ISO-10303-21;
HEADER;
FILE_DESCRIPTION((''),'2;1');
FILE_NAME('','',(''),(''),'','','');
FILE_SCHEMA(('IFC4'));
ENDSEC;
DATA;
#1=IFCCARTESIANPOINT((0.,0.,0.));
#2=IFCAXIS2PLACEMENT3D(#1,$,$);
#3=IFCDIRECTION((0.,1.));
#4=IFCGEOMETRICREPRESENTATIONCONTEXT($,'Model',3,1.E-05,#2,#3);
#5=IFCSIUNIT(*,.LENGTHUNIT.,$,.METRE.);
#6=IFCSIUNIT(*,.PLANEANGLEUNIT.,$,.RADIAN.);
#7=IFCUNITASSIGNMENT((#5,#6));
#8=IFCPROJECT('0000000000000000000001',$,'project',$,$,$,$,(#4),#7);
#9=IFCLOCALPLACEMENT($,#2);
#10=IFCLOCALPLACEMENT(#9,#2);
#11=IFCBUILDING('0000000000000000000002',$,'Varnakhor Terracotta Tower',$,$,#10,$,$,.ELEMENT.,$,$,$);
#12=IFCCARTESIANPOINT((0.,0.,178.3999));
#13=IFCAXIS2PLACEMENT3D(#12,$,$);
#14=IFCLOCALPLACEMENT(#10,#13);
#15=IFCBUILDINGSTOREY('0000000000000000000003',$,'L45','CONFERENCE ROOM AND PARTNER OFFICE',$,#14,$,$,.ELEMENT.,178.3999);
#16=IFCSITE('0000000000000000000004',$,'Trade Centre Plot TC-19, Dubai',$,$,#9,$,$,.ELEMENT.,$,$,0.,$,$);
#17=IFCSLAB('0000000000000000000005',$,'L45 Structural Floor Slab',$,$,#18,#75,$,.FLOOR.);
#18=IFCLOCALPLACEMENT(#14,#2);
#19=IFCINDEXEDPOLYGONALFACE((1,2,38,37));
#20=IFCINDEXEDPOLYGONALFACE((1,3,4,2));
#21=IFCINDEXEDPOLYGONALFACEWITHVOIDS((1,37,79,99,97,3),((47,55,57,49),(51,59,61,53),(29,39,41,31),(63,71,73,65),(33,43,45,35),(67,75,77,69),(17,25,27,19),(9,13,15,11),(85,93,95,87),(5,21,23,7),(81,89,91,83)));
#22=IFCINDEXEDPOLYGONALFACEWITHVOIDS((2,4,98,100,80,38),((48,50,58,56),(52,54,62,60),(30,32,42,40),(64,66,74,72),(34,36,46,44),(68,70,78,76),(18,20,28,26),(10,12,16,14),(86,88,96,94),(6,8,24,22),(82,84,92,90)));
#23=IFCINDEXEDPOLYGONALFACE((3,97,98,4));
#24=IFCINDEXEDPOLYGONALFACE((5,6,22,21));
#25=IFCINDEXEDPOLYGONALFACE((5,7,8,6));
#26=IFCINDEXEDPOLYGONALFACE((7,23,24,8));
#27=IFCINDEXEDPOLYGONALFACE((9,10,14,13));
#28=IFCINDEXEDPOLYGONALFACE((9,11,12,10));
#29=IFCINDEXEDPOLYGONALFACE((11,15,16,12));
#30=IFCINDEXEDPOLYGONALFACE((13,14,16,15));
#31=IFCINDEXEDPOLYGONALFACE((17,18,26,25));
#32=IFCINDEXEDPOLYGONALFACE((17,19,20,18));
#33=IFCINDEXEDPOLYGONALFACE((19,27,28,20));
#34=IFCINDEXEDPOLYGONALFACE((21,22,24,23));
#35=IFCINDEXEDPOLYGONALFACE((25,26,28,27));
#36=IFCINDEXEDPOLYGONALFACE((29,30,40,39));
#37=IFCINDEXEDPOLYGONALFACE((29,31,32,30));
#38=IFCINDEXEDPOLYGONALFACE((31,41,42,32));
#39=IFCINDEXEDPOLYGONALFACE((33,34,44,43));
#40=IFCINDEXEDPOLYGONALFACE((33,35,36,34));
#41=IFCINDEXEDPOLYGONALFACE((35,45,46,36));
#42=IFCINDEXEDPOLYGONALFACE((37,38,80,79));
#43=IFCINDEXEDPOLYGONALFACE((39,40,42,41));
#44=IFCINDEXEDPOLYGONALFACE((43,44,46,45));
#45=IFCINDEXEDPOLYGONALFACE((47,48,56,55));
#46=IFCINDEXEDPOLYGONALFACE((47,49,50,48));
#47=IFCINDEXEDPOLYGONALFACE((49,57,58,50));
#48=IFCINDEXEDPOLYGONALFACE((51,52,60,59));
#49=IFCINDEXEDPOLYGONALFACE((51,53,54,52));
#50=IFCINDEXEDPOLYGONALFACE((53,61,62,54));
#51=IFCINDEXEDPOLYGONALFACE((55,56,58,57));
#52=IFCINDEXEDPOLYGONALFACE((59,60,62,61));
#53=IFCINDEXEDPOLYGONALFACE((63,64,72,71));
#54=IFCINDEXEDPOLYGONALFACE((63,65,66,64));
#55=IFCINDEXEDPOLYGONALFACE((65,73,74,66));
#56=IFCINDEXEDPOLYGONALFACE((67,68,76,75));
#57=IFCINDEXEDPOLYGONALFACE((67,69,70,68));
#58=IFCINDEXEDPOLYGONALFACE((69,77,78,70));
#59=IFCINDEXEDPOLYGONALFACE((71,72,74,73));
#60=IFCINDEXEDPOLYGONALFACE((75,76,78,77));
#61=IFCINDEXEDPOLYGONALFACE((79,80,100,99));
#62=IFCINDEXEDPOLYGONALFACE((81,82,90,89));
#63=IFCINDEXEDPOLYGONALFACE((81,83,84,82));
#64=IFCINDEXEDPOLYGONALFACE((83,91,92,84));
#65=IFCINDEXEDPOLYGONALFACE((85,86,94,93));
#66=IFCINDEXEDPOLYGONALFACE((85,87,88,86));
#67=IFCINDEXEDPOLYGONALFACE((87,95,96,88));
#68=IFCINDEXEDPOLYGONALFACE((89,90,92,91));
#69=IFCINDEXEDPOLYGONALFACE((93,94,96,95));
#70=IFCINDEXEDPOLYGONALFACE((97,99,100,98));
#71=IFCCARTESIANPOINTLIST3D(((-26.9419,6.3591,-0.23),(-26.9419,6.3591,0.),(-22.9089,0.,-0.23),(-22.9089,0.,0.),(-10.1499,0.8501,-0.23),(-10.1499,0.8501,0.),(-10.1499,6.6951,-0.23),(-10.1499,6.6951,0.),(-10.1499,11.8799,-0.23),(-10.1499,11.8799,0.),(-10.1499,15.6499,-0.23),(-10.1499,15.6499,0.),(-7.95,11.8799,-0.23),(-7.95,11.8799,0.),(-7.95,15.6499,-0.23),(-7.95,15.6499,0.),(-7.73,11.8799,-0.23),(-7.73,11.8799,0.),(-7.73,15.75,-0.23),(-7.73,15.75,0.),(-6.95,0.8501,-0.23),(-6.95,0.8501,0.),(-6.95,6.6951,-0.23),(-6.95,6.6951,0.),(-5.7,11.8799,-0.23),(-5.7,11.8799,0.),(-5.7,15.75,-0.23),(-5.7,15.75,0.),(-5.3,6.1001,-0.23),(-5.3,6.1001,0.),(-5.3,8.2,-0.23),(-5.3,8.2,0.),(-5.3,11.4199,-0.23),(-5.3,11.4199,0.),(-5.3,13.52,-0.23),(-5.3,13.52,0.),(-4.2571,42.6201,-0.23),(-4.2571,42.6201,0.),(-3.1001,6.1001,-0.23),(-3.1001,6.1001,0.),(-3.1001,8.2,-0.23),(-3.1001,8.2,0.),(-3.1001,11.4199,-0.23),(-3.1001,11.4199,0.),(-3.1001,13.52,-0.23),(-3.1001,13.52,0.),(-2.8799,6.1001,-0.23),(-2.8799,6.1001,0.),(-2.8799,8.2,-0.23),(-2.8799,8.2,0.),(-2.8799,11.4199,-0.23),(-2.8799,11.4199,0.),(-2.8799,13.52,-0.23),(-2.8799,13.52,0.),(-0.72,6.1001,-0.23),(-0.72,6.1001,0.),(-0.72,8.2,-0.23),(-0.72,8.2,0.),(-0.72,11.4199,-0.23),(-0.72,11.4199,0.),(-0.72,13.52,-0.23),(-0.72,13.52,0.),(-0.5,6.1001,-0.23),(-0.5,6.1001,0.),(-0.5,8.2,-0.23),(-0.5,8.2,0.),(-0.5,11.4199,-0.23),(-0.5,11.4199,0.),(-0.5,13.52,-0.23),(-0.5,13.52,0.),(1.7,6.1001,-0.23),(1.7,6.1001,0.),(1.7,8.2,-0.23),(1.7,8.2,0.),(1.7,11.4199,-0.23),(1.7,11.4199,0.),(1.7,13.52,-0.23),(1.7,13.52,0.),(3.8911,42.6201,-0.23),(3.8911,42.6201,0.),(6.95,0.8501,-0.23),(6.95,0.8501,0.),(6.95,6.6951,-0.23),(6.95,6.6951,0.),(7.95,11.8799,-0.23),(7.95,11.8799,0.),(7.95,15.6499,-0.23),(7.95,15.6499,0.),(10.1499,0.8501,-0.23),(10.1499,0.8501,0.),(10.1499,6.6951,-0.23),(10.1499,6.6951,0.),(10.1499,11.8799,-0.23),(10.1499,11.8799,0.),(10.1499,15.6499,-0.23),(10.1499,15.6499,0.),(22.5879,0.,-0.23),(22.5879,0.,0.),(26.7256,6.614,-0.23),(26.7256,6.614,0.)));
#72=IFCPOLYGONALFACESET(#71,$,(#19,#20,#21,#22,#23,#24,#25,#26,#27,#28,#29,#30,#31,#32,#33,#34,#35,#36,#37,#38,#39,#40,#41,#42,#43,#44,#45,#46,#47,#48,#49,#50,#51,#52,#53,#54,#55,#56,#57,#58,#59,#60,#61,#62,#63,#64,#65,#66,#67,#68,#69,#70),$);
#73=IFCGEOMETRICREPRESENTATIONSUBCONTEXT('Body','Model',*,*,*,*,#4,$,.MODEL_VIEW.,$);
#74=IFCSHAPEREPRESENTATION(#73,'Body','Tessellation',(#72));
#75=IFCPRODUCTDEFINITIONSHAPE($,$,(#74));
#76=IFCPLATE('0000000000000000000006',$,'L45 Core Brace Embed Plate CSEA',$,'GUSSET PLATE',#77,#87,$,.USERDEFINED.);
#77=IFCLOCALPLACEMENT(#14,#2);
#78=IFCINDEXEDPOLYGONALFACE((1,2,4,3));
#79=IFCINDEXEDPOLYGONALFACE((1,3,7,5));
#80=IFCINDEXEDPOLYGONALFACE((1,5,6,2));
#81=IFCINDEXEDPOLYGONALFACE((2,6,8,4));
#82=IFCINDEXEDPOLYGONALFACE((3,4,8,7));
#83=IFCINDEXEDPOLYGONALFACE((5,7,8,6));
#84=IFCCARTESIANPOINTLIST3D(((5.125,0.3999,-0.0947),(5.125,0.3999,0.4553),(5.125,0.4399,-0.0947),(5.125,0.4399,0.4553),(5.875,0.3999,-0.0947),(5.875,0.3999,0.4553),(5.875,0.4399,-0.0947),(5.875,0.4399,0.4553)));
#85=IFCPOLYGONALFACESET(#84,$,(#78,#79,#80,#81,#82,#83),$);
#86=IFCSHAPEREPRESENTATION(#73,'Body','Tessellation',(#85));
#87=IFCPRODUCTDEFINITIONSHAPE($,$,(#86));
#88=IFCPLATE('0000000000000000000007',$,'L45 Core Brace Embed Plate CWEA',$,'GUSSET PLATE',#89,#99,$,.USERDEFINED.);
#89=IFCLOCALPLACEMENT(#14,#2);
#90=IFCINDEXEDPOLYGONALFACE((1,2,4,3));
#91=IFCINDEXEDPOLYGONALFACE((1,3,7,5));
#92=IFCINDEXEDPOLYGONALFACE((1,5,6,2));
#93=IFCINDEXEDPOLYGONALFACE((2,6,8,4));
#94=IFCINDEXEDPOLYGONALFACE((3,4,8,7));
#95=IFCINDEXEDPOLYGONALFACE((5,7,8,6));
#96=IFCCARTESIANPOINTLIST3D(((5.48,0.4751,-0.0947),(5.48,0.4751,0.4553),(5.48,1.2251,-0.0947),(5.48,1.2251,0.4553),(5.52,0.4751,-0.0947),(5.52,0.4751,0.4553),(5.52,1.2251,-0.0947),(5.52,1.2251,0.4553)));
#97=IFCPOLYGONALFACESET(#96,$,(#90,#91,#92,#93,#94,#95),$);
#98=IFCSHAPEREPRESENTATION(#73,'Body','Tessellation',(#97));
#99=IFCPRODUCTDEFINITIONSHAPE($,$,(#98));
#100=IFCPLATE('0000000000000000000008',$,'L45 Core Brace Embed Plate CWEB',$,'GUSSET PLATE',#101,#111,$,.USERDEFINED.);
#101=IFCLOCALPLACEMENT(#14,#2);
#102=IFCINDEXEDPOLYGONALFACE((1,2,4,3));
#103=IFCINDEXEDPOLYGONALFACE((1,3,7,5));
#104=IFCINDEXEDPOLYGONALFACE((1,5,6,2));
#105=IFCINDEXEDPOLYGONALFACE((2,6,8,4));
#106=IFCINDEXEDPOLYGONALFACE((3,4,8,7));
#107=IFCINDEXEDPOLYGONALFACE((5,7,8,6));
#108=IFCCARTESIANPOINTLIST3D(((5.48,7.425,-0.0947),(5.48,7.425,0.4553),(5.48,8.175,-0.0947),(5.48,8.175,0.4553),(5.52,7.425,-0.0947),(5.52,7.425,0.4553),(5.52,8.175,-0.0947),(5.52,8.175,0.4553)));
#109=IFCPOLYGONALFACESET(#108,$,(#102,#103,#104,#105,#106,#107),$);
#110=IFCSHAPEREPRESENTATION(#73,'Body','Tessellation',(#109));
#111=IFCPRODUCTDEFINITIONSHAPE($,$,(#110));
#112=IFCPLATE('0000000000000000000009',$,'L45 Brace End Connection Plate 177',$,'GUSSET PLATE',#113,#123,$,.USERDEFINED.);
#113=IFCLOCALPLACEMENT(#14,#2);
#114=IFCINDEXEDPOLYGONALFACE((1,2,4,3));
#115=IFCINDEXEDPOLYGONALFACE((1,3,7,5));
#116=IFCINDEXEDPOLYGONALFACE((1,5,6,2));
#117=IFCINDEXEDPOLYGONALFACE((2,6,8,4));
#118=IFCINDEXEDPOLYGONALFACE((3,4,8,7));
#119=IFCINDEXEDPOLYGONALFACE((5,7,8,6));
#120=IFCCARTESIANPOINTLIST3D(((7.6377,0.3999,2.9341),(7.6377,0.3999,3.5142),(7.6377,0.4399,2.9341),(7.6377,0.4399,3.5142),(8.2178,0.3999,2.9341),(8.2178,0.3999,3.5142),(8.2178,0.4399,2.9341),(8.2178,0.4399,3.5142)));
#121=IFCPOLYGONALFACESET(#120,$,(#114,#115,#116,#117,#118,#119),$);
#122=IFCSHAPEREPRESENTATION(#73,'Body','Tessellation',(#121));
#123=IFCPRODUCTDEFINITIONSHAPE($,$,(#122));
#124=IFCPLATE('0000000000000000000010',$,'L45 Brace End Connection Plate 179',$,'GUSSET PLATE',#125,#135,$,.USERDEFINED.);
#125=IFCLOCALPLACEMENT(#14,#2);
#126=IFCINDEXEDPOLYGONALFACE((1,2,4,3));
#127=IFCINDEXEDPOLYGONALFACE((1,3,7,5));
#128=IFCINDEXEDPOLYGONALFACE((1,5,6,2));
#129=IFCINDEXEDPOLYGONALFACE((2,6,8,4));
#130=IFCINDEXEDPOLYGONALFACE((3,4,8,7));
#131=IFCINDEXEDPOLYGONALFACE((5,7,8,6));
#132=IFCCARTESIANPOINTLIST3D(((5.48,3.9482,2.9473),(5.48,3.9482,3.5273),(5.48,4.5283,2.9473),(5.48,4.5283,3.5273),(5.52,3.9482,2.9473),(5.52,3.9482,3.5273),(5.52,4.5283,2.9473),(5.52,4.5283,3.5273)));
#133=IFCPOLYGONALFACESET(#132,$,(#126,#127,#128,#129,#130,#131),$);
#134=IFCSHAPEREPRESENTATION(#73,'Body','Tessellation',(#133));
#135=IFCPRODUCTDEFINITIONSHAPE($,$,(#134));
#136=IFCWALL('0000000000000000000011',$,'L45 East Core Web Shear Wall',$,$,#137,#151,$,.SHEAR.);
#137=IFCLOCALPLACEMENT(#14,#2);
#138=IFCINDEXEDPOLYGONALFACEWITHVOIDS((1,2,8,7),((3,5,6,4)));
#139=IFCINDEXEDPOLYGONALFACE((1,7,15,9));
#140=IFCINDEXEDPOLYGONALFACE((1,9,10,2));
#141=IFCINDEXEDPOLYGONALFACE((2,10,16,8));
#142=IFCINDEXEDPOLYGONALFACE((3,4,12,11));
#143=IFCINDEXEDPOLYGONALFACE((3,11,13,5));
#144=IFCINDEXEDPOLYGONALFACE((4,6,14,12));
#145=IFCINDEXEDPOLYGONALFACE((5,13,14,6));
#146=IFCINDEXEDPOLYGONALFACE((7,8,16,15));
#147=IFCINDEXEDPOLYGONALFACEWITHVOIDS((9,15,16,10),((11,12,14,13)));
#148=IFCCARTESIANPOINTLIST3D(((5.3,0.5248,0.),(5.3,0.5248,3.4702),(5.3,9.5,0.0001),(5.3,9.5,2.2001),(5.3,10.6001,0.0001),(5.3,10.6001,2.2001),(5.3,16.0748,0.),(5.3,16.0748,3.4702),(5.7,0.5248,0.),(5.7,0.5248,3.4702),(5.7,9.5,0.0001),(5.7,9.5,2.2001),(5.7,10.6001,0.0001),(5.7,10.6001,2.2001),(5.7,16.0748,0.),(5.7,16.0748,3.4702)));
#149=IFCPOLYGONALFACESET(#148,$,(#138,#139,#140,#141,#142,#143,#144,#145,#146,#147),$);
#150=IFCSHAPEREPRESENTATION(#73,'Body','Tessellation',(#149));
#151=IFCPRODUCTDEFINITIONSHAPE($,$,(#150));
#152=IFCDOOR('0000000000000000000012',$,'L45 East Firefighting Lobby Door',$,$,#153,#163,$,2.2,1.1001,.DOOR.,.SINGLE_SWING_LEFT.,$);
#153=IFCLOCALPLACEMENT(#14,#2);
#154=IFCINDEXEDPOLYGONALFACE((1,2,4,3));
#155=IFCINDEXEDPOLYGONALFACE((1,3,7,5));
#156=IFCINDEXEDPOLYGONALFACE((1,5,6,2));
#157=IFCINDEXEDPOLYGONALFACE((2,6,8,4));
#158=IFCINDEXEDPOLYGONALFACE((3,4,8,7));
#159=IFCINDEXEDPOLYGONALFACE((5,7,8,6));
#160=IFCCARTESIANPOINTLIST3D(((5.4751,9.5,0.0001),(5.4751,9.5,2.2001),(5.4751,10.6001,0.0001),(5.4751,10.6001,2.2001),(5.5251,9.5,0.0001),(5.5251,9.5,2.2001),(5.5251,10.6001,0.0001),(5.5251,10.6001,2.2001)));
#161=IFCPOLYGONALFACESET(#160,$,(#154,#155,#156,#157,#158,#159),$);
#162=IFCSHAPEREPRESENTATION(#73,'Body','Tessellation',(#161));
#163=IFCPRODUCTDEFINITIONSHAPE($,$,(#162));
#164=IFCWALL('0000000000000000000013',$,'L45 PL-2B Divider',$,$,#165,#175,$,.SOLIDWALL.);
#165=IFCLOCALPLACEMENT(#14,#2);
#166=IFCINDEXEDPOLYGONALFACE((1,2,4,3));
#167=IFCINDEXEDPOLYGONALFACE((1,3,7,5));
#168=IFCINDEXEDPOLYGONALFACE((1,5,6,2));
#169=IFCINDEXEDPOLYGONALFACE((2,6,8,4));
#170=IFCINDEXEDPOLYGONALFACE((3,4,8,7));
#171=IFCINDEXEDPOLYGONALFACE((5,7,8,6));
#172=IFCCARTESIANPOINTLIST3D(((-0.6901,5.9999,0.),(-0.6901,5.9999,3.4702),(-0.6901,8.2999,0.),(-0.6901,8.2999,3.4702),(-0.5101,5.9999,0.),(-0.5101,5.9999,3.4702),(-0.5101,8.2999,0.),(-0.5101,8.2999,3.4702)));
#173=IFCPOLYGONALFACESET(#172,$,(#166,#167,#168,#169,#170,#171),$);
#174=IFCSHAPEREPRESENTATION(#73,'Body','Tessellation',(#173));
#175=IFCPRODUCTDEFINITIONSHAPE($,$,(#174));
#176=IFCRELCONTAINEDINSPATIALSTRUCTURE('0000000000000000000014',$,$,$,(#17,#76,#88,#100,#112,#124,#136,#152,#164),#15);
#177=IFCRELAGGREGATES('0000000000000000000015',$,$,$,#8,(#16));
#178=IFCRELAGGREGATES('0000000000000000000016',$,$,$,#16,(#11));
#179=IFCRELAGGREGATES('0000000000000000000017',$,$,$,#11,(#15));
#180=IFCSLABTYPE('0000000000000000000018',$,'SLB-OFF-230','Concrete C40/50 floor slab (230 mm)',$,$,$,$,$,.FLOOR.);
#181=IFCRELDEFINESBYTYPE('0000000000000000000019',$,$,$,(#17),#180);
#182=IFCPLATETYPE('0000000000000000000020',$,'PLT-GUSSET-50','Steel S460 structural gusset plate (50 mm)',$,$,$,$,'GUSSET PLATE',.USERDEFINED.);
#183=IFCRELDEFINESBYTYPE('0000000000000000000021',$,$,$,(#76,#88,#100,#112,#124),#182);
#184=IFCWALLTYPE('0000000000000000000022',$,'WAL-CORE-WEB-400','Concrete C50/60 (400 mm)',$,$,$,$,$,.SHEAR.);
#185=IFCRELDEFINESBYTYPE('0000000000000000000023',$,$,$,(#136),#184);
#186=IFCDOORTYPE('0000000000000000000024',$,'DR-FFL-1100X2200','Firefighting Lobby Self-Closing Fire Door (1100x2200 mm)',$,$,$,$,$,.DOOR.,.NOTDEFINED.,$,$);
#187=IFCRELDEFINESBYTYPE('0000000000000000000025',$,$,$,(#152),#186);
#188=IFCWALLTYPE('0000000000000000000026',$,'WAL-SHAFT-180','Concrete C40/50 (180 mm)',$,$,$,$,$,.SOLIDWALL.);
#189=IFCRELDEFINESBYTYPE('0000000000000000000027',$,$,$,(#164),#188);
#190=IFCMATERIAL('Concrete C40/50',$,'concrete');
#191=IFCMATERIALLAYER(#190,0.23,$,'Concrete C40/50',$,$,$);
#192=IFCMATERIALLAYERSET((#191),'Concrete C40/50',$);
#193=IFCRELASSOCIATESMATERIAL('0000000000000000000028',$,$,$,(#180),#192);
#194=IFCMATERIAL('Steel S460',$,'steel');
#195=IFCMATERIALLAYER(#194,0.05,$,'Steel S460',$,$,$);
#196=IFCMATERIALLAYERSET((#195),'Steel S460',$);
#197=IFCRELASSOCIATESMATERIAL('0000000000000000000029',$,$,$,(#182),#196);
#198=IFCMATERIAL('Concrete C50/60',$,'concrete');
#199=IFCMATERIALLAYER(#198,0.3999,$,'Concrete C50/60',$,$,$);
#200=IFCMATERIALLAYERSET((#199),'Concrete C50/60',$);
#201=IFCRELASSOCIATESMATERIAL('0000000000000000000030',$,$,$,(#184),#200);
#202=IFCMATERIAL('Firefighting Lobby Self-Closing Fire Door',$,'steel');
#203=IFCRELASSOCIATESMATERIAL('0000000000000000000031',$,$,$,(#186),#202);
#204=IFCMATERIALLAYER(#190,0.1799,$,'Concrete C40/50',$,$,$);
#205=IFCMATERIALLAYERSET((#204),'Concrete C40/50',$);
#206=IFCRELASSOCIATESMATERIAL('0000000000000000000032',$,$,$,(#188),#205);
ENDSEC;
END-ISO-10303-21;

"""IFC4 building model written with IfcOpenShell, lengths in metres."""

from ifc_helpers import new_model, si_unit, direction, frame, frame_2d, origin, origin_2d, place, context, subcontext, project, spatial, polyline, rectangle, outline, extrude, source, transform, mapped, material, layer, layer_set, type_object, type_shapes, element, fill, save


model = new_model("IFC4")

# Units and contexts
model_context = context("Model", 3, precision=1e-05, world=origin(), true_north=direction((0.0, 1.0)))
body_context = subcontext(model_context, "Body", "Model", "MODEL_VIEW")
ifc_project = project(units=[si_unit("LENGTHUNIT", "METRE"), si_unit("PLANEANGLEUNIT", "RADIAN")], contexts=[model_context])

# Site, building, storey
site_placement = place(None, origin())
site = spatial("IfcSite", under=ifc_project, at=site_placement, Name="Trade Centre Plot TC-19, Dubai", CompositionType="ELEMENT", RefElevation=0.0)
building_placement = place(site_placement, origin())
building = spatial("IfcBuilding", under=site, at=building_placement, Name="Varnakhor Terracotta Tower", CompositionType="ELEMENT")
storey_placement = place(building_placement, frame((0.0, 0.0, 178.3999)))
storey = spatial("IfcBuildingStorey", under=building, at=storey_placement, Name="L45", Description="CONFERENCE ROOM AND PARTNER OFFICE", CompositionType="ELEMENT", Elevation=178.3999)

# Shared definitions
ifc_material_1 = material(Name="Concrete C50/60", Category="concrete")

# Shared definitions
ifc_material_2 = material(Name="Steel S460", Category="steel")

# Shared definitions
ifc_material_3 = material(Name="Concrete C40/50", Category="concrete")

# Slab
ifc_layer_1 = layer(ifc_material_3, 0.23, Name="Concrete C40/50")
ifc_layer_set_1 = layer_set([ifc_layer_1], Name="Concrete C40/50")
slab_type_1 = type_object("IfcSlabType", Name="SLB-OFF-230", Description="Concrete C40/50 floor slab (230 mm)", PredefinedType="FLOOR", material=ifc_layer_set_1)
slab_1_placement = place(storey_placement, frame((0.0, 0.0, -0.23)))
element("IfcSlab", 1, at=slab_1_placement, inside=storey, type_object=slab_type_1, Name="L45 Structural Floor Slab", PredefinedType="FLOOR", context=body_context, shape_type="SweptSolid", body=[
    extrude(outline(polyline([(-26.9419, 6.3591), (-4.2571, 42.6201), (3.8911, 42.6201), (26.7256, 6.614), (22.5879, 0.0), (-22.9089, 0.0), (-26.9419, 6.3591)]), holes=[polyline([(-6.95, 0.8501), (-6.95, 6.6951), (-10.1499, 6.6951), (-10.1499, 0.8501), (-6.95, 0.8501)]), polyline([(-3.1001, 6.1001), (-3.1001, 8.2), (-5.3, 8.2), (-5.3, 6.1001), (-3.1001, 6.1001)]), polyline([(-0.72, 6.1001), (-0.72, 8.2), (-2.8799, 8.2), (-2.8799, 6.1001), (-0.72, 6.1001)]), polyline([(-5.3, 11.4199), (-3.1001, 11.4199), (-3.1001, 13.52), (-5.3, 13.52), (-5.3, 11.4199)]), polyline([(-10.1499, 11.8799), (-7.95, 11.8799), (-7.95, 15.6499), (-10.1499, 15.6499), (-10.1499, 11.8799)]), polyline([(-5.7, 11.8799), (-5.7, 15.75), (-7.73, 15.75), (-7.73, 11.8799), (-5.7, 11.8799)]), polyline([(6.95, 0.8501), (10.1499, 0.8501), (10.1499, 6.6951), (6.95, 6.6951), (6.95, 0.8501)]), polyline([(-0.5, 6.1001), (1.7, 6.1001), (1.7, 8.2), (-0.5, 8.2), (-0.5, 6.1001)]), polyline([(-0.72, 11.4199), (-0.72, 13.52), (-2.8799, 13.52), (-2.8799, 11.4199), (-0.72, 11.4199)]), polyline([(-0.5, 11.4199), (1.7, 11.4199), (1.7, 13.52), (-0.5, 13.52), (-0.5, 11.4199)]), polyline([(7.95, 11.8799), (10.1499, 11.8799), (10.1499, 15.6499), (7.95, 15.6499), (7.95, 11.8799)])]), origin(), (0.0, 0.0, 1.0), 0.23),
])

# Plates
ifc_layer_2 = layer(ifc_material_2, 0.05, Name="Steel S460")
ifc_layer_set_2 = layer_set([ifc_layer_2], Name="Steel S460")
plate_type = type_object("IfcPlateType", Name="PLT-GUSSET-50", Description="Steel S460 structural gusset plate (50 mm)", ElementType="GUSSET PLATE", PredefinedType="USERDEFINED", material=ifc_layer_set_2)
shared_shape_1 = source(origin(), body_context, "Body", "SweptSolid", [
    extrude(rectangle(XDim=0.75, YDim=0.04, at=origin_2d()), origin(), (0.0, 0.0, 1.0), 0.55),
])
type_shapes(plate_type, [shared_shape_1])
for number, where, z_axis, x_axis, name in (
    (2, (5.5, 0.4199, -0.0947), (0.0, 0.0, 1.0), (1.0, 0.0, 0.0), "L45 Core Brace Embed Plate CSEA"),
    (3, (5.5, 0.8501, -0.0947), (0.0, 0.0, 1.0), (0.0, 1.0, 0.0), "L45 Core Brace Embed Plate CWEA"),
    (4, (5.5, 7.8, -0.0947), (0.0, 0.0, 1.0), (0.0, 1.0, 0.0), "L45 Core Brace Embed Plate CWEB"),
):
    element("IfcPlate", number, at=place(storey_placement, frame(where, z_axis=z_axis, x_axis=x_axis)), inside=storey, type_object=plate_type, Name=name, ObjectType="GUSSET PLATE", PredefinedType="USERDEFINED", context=body_context, shape_type="MappedRepresentation", body=[
        mapped(shared_shape_1, transform((0.0, 0.0, 0.0), scale=1.0)),
    ])
shared_shape_2 = source(origin(), body_context, "Body", "SweptSolid", [
    extrude(rectangle(XDim=0.5801, YDim=0.04, at=origin_2d()), origin(), (0.0, 0.0, 1.0), 0.5801),
])
for number, where, z_axis, x_axis, name in (
    (5, (7.9277, 0.4199, 2.9341), (0.0, 0.0, 1.0), (1.0, 0.0, 0.0), "L45 Brace End Connection Plate 177"),
    (6, (5.5, 4.2383, 2.9473), (0.0, 0.0, 1.0), (0.0, 1.0, 0.0), "L45 Brace End Connection Plate 179"),
):
    element("IfcPlate", number, at=place(storey_placement, frame(where, z_axis=z_axis, x_axis=x_axis)), inside=storey, type_object=plate_type, Name=name, ObjectType="GUSSET PLATE", PredefinedType="USERDEFINED", context=body_context, shape_type="MappedRepresentation", body=[
        mapped(shared_shape_2, transform((0.0, 0.0, 0.0), scale=1.0)),
    ])

# Wall, opening, door
ifc_layer_3 = layer(ifc_material_1, 0.3999, Name="Concrete C50/60")
ifc_layer_set_3 = layer_set([ifc_layer_3], Name="Concrete C50/60")
wall_type_1 = type_object("IfcWallType", Name="WAL-CORE-WEB-400", Description="Concrete C50/60 (400 mm)", PredefinedType="SHEAR", material=ifc_layer_set_3)
wall_1_placement = place(storey_placement, frame((5.5, 0.5249, 0.0), z_axis=(0.0, 0.0, 1.0), x_axis=(0.0, 1.0, 0.0)))
wall_1 = element("IfcWall", 7, at=wall_1_placement, inside=storey, type_object=wall_type_1, Name="L45 East Core Web Shear Wall", PredefinedType="SHEAR", context=body_context, shape_type="SweptSolid", body=[
    extrude(rectangle(XDim=15.55, YDim=0.3999, at=frame_2d((7.7749, 0.0))), origin(), (0.0, 0.0, 1.0), 3.4702),
])
opening_1_placement = place(wall_1_placement, frame((8.9751, 0.0, 0.0)))
opening_1 = element("IfcOpeningElement", 8, at=opening_1_placement, cuts=wall_1, PredefinedType="OPENING", context=body_context, shape_type="SweptSolid", body=[
    extrude(rectangle(XDim=1.1001, YDim=2.2, at=frame_2d((0.55, 1.1001))), frame((0.0, 0.21, 0.0), z_axis=(0.0, -1.0, 0.0), x_axis=(1.0, 0.0, 0.0)), (0.0, 0.0, 1.0), 0.4199),
])
ifc_material_4 = material(Name="Firefighting Lobby Self-Closing Fire Door", Category="steel")
door_type_1 = type_object("IfcDoorType", Name="DR-FFL-1100X2200", Description="Firefighting Lobby Self-Closing Fire Door (1100x2200 mm)", OperationType="NOTDEFINED", PredefinedType="DOOR", material=ifc_material_4)
shared_shape_3 = source(origin(), body_context, "Body", "SweptSolid", [
    extrude(rectangle(XDim=1.1001, YDim=2.2, at=frame_2d((0.55, 1.1001))), frame((0.0, 0.0249, 0.0), z_axis=(0.0, -1.0, 0.0), x_axis=(1.0, 0.0, 0.0)), (0.0, 0.0, 1.0), 0.05),
])
type_shapes(door_type_1, [shared_shape_3])
door_1_placement = place(opening_1_placement, origin())
door_1 = element("IfcDoor", 9, at=door_1_placement, inside=storey, type_object=door_type_1, Name="L45 East Firefighting Lobby Door", OperationType="SINGLE_SWING_LEFT", OverallHeight=2.2, OverallWidth=1.1001, PredefinedType="DOOR", context=body_context, shape_type="MappedRepresentation", body=[
    mapped(shared_shape_3, transform((0.0, 0.0, 0.0), scale=1.0)),
])
fill(opening_1, door_1)

# Wall
ifc_layer_4 = layer(ifc_material_3, 0.1799, Name="Concrete C40/50")
ifc_layer_set_4 = layer_set([ifc_layer_4], Name="Concrete C40/50")
wall_type_2 = type_object("IfcWallType", Name="WAL-SHAFT-180", Description="Concrete C40/50 (180 mm)", PredefinedType="SOLIDWALL", material=ifc_layer_set_4)
wall_2_placement = place(storey_placement, frame((-0.6001, 6.0, 0.0), z_axis=(0.0, 0.0, 1.0), x_axis=(0.0, 1.0, 0.0)))
element("IfcWall", 10, at=wall_2_placement, inside=storey, type_object=wall_type_2, Name="L45 PL-2B Divider", PredefinedType="SOLIDWALL", context=body_context, shape_type="SweptSolid", body=[
    extrude(rectangle(XDim=2.3, YDim=0.1799, at=frame_2d((1.1499, 0.0))), origin(), (0.0, 0.0, 1.0), 3.4702),
])

save(model, "model.ifc")
